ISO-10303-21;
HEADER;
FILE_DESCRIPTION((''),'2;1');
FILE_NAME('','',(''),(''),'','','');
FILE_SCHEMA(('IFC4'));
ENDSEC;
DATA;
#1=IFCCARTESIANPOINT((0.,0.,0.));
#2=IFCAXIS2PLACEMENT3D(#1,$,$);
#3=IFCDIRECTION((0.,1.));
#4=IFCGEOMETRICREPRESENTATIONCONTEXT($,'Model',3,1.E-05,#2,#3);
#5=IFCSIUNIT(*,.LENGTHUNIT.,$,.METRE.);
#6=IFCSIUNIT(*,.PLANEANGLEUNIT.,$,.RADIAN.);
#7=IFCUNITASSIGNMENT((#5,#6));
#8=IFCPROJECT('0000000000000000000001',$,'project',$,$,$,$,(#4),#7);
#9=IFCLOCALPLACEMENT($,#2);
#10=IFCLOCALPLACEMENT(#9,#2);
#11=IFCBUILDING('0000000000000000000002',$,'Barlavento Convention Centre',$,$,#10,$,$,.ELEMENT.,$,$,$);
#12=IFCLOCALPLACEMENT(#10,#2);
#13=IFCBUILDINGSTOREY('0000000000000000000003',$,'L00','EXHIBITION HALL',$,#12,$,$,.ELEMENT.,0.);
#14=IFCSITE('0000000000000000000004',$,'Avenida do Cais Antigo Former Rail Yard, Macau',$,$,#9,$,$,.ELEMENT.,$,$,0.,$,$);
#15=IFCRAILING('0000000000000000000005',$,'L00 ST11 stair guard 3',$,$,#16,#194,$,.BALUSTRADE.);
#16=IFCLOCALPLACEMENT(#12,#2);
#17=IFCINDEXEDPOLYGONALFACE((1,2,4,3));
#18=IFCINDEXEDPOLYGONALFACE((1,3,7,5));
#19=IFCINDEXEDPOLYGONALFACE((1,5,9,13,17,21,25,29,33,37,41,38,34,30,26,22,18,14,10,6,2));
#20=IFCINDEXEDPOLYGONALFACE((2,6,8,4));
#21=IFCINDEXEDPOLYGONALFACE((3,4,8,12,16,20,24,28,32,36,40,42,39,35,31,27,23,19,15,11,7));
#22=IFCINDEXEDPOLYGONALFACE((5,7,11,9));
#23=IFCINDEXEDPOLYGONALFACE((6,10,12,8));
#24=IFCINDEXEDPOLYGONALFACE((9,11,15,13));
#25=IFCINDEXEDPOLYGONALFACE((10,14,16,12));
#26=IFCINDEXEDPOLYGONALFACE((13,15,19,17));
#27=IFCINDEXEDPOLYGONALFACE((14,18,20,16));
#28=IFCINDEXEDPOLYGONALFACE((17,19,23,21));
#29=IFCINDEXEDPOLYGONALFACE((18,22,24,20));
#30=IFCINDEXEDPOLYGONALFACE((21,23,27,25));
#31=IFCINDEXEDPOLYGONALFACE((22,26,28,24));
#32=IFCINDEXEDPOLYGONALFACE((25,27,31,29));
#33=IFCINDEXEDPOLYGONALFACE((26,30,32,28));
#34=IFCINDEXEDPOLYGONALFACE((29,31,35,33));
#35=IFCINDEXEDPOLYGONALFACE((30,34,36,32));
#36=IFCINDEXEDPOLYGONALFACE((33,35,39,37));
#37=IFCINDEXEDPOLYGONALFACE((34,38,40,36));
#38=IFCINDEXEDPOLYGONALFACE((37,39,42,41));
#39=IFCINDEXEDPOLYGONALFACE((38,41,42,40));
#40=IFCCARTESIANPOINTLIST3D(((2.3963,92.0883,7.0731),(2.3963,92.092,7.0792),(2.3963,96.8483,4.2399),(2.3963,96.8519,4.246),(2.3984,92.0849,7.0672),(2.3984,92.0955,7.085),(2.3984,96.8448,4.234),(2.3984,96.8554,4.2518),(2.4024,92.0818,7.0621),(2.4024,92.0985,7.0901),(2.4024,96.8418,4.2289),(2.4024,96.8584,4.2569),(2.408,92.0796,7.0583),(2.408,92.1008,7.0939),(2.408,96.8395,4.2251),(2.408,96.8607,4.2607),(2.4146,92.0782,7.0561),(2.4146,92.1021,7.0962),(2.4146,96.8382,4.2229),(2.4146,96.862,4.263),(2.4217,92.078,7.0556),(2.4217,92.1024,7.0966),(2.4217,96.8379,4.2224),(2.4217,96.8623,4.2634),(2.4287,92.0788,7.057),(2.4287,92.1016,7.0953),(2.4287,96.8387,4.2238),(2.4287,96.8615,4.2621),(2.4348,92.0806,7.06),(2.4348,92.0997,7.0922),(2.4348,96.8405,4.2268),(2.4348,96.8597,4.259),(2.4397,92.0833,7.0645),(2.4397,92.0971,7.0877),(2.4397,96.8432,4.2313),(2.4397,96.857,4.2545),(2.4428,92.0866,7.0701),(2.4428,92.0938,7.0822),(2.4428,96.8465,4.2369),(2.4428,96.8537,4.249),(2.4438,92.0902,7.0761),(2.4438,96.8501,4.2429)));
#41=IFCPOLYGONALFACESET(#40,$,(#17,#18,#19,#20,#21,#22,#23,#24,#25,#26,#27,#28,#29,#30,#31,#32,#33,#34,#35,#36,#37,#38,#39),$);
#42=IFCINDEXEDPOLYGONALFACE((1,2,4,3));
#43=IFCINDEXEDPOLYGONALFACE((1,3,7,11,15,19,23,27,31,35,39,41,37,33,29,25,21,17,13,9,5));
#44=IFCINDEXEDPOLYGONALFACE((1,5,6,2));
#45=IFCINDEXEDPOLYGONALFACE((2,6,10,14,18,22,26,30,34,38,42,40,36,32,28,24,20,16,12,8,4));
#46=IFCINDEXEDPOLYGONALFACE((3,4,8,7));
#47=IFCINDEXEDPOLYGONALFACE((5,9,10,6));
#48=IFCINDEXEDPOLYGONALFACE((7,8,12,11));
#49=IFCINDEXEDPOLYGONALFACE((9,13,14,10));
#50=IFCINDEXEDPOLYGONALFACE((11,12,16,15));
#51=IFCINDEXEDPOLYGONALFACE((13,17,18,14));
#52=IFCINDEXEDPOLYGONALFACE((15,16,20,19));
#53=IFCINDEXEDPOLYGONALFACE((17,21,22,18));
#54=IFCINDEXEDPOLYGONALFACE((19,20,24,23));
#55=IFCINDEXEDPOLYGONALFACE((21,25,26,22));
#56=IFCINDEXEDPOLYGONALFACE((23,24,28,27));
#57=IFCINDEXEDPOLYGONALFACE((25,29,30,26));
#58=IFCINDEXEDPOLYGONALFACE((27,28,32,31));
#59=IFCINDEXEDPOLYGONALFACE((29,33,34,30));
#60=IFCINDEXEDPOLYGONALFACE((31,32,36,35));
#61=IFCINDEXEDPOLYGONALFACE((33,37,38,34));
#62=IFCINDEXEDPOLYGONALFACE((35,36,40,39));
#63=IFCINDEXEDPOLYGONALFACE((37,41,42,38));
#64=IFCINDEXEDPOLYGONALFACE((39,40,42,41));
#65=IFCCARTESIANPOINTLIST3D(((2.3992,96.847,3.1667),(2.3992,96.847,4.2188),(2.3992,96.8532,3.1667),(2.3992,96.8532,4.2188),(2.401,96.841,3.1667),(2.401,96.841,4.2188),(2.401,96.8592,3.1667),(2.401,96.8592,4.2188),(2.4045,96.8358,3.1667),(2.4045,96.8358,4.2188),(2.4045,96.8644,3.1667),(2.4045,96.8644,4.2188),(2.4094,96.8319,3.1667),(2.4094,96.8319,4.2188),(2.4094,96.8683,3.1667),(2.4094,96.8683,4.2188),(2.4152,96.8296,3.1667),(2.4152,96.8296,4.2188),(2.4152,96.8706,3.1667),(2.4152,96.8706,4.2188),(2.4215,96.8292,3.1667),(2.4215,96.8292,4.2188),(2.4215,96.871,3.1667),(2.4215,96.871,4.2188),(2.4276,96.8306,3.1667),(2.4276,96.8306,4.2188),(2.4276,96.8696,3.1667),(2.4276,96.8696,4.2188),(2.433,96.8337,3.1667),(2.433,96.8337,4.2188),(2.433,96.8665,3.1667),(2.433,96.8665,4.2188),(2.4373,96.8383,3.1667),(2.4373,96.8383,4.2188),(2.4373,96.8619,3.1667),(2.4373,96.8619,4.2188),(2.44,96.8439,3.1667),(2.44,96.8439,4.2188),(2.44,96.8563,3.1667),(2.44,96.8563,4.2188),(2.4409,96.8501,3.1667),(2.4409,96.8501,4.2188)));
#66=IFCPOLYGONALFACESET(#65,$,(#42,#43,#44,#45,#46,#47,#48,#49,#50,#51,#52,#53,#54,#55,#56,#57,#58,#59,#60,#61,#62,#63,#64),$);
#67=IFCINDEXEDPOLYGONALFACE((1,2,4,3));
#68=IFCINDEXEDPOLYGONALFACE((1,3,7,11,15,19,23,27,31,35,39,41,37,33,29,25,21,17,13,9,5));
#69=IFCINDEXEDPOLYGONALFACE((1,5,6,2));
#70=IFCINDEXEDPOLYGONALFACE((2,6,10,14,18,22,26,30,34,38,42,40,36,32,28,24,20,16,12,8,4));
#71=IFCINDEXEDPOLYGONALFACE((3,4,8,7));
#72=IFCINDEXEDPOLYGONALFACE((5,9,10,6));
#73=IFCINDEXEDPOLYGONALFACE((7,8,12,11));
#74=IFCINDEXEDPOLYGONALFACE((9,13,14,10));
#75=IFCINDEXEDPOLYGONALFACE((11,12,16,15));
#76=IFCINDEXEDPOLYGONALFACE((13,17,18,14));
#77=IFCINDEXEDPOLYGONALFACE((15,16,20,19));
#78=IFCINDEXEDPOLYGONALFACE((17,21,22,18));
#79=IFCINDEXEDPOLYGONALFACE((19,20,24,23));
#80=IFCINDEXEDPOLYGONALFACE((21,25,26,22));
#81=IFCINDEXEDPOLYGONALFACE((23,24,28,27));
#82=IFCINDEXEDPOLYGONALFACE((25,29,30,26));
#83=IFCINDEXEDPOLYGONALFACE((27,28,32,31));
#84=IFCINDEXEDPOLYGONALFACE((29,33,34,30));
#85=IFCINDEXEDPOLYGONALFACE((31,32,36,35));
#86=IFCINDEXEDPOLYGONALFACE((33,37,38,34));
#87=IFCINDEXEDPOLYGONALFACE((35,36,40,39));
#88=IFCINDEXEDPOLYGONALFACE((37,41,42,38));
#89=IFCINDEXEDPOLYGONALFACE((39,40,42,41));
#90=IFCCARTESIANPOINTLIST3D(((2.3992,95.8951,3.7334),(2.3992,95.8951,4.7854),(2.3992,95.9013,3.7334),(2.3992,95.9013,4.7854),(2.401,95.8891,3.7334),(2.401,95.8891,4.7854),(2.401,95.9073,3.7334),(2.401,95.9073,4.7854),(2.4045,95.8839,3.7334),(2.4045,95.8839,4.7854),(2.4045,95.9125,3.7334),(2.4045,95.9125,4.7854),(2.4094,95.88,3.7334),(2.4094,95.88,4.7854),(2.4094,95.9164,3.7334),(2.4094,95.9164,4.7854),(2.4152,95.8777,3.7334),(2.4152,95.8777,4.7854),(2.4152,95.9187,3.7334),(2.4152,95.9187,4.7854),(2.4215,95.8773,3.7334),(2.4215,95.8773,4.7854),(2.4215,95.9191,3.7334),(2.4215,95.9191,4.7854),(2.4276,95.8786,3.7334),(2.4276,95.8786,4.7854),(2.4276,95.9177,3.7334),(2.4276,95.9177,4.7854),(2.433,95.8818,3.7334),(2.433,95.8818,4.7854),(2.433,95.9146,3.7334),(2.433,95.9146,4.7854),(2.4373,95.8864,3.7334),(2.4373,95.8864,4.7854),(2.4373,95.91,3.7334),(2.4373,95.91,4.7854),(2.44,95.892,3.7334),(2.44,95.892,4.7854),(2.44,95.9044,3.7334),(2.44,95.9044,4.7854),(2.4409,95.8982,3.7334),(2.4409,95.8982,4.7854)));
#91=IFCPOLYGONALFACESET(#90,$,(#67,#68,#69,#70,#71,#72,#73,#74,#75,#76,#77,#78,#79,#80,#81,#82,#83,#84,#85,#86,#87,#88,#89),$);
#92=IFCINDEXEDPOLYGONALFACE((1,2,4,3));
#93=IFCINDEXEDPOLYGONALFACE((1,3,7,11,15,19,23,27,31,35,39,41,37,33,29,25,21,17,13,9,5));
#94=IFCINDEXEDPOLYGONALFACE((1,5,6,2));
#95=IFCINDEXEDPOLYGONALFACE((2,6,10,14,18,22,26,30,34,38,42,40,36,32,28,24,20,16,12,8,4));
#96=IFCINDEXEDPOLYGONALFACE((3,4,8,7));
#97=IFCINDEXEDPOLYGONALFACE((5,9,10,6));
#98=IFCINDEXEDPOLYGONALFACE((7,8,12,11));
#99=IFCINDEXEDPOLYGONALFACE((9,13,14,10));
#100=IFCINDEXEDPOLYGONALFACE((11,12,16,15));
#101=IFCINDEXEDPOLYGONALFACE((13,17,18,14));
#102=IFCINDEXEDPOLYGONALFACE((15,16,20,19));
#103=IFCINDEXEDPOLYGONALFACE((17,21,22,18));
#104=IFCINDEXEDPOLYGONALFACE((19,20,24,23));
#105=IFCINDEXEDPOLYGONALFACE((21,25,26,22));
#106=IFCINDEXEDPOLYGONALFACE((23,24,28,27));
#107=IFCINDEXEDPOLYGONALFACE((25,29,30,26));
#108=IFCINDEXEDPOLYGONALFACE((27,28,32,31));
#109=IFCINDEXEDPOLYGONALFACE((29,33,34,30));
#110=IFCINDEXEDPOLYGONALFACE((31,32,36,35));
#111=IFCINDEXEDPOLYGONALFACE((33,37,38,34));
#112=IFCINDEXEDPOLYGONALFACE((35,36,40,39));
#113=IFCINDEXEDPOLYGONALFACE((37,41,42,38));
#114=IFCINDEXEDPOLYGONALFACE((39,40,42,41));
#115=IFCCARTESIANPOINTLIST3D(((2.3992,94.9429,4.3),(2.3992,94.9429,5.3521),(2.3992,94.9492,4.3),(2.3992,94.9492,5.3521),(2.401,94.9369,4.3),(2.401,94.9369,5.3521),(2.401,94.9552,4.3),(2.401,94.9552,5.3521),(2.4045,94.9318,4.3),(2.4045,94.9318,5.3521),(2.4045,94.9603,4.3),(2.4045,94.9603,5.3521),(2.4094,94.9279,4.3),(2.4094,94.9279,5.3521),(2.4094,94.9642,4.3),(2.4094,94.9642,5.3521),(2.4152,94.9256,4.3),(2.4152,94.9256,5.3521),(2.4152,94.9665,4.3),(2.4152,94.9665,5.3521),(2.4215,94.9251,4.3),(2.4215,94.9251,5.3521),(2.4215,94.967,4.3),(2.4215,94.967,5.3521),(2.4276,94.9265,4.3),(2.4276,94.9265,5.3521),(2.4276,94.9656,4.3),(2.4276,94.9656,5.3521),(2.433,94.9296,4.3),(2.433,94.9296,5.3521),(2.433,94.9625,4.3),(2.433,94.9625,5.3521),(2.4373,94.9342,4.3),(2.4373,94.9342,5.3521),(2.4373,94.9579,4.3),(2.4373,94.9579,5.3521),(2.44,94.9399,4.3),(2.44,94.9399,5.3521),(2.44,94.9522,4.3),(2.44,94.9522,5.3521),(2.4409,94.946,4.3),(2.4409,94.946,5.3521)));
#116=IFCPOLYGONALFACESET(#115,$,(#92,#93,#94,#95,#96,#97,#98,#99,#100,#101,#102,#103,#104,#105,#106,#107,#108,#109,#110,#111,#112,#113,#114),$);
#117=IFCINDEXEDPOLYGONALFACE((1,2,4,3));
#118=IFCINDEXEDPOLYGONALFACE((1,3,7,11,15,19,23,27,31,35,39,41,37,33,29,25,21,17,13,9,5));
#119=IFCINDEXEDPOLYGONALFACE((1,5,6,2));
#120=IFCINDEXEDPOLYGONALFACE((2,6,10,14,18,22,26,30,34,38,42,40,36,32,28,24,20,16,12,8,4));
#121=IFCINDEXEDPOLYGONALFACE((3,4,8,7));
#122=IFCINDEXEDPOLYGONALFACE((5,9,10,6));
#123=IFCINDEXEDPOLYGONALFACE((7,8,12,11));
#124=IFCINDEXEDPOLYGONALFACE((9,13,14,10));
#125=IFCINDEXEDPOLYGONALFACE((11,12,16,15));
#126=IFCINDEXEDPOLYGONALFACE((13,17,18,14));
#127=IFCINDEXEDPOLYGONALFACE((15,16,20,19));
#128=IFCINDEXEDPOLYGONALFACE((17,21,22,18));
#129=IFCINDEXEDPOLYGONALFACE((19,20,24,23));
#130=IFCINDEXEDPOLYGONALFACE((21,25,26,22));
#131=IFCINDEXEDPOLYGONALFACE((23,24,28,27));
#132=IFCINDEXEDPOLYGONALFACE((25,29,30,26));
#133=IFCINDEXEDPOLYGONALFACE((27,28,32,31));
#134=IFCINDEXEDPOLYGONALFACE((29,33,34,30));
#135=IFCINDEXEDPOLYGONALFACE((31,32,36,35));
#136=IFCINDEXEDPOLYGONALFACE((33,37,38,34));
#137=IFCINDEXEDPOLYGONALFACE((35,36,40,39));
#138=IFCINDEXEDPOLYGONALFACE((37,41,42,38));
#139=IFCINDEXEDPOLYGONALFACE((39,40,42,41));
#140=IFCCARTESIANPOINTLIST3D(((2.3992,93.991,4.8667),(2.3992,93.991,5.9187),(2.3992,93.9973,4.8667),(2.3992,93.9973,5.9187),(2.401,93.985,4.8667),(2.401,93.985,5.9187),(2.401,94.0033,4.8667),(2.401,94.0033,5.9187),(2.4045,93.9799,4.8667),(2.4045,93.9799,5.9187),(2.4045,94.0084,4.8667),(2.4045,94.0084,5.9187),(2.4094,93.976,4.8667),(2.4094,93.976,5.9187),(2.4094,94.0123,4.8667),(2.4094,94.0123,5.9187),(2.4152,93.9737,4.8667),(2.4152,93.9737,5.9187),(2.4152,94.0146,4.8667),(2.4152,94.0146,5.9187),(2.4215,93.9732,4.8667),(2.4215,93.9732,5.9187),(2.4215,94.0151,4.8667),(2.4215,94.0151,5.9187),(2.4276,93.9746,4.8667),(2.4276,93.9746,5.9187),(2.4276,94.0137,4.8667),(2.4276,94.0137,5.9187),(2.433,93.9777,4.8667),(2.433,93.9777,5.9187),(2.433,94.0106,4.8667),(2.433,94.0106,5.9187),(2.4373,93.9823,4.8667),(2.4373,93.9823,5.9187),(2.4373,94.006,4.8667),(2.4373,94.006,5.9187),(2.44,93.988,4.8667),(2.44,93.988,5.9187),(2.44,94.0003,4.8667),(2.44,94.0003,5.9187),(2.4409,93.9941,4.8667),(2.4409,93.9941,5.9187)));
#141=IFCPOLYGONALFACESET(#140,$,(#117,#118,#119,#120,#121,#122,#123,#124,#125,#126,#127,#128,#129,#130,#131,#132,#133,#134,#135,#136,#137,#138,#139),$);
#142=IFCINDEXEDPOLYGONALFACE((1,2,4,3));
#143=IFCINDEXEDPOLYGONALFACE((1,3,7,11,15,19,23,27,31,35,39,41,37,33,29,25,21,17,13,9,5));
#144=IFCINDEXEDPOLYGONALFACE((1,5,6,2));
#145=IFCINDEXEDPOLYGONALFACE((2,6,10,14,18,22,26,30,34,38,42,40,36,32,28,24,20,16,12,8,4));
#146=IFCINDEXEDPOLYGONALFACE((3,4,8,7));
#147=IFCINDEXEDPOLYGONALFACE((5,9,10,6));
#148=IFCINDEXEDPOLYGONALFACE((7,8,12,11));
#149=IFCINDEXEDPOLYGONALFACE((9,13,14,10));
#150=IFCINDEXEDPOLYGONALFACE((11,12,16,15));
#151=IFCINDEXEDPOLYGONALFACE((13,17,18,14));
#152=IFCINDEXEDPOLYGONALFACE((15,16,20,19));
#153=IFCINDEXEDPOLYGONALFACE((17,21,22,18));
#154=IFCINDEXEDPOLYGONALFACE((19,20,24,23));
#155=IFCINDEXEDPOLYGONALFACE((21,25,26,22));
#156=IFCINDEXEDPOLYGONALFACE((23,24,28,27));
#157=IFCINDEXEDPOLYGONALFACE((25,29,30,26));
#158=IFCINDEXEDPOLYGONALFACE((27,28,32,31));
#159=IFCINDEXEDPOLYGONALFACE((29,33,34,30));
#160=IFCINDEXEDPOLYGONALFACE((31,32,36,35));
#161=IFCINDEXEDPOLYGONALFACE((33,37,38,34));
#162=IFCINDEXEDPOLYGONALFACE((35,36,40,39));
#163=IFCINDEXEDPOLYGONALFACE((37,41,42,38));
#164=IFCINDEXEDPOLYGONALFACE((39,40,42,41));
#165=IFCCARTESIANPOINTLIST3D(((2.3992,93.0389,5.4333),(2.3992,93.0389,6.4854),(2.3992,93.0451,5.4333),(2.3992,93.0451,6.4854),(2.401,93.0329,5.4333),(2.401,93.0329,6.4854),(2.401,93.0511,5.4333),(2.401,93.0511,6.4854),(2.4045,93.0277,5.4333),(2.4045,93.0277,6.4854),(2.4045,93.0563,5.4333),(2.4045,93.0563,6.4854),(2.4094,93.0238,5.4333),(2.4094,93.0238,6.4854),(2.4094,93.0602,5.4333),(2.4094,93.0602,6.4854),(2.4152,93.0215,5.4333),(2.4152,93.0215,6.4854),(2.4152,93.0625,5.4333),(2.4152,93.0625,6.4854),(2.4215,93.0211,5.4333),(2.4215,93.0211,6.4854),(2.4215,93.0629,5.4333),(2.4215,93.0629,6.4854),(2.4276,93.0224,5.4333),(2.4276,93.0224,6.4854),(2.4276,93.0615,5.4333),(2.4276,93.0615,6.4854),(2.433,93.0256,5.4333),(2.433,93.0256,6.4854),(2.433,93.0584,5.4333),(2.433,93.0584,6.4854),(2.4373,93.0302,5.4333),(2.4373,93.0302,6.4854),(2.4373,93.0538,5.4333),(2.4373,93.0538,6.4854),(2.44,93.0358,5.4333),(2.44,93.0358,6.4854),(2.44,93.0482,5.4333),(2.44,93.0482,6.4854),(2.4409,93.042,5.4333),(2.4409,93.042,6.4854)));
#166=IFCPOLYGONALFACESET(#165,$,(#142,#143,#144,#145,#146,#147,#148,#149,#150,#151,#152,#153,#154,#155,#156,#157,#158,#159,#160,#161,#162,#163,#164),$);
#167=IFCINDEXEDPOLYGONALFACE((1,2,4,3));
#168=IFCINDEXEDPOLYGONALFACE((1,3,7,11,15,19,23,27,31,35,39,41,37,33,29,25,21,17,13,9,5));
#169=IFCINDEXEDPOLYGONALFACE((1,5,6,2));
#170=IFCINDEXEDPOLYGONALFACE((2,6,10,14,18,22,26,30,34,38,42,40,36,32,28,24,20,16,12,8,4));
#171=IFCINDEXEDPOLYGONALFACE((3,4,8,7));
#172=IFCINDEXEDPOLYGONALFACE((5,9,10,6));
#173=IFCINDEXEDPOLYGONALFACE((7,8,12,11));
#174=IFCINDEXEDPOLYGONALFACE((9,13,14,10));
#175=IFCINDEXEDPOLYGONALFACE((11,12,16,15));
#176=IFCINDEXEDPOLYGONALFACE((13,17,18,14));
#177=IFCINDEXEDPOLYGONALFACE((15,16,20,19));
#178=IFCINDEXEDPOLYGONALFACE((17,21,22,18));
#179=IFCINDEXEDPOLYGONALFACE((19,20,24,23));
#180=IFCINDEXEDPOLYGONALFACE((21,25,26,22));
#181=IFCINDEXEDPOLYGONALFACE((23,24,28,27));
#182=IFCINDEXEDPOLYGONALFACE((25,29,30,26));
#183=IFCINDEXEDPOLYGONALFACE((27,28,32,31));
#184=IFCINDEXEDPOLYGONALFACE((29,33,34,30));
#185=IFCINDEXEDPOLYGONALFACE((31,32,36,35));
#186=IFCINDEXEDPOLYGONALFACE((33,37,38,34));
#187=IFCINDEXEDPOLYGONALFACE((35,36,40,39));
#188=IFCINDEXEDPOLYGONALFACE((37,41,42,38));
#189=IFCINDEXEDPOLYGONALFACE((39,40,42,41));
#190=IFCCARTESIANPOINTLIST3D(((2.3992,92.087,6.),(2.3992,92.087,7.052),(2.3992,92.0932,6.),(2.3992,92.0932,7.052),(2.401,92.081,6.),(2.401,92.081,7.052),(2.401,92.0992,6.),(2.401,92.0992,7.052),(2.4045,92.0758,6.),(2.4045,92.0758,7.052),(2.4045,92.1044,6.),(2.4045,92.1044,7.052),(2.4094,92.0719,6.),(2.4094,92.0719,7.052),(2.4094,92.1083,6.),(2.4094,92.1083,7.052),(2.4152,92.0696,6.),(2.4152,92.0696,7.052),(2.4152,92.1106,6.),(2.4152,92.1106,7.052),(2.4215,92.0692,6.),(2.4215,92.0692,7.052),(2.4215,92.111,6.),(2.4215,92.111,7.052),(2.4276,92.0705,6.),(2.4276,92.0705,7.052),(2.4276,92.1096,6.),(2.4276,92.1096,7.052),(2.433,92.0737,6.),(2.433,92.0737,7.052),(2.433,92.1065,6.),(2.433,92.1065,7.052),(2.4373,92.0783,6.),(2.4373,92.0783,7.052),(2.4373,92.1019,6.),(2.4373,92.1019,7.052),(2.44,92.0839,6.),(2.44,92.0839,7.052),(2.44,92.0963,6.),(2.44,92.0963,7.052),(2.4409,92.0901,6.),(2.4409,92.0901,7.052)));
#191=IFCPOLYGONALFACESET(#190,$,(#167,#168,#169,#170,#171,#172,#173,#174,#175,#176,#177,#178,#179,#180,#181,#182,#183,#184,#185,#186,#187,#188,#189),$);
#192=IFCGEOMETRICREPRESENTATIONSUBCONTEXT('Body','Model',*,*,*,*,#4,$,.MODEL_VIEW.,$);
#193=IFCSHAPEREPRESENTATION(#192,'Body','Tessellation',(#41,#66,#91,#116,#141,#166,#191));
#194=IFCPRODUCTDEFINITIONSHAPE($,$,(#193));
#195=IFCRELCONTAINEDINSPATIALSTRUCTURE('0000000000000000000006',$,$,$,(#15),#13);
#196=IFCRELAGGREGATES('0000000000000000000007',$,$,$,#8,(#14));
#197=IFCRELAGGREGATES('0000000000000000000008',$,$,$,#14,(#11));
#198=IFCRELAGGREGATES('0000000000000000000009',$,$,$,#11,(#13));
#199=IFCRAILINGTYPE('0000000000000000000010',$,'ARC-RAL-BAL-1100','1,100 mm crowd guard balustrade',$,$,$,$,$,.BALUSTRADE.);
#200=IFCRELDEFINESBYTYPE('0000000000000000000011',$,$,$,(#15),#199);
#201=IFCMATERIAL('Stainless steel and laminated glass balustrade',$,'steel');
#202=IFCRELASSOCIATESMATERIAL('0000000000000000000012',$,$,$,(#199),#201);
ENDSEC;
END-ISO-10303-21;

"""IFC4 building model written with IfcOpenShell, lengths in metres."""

from ifc_helpers import new_model, si_unit, direction, frame, origin, origin_2d, place, context, subcontext, project, spatial, circle, extrude, material, type_object, element, save


model = new_model("IFC4")

# Units and contexts
model_context = context("Model", 3, precision=1e-05, world=origin(), true_north=direction((0.0, 1.0)))
body_context = subcontext(model_context, "Body", "Model", "MODEL_VIEW")
ifc_project = project(units=[si_unit("LENGTHUNIT", "METRE"), si_unit("PLANEANGLEUNIT", "RADIAN")], contexts=[model_context])

# Site, building, storey
site_placement = place(None, origin())
site = spatial("IfcSite", under=ifc_project, at=site_placement, Name="Avenida do Cais Antigo Former Rail Yard, Macau", CompositionType="ELEMENT", RefElevation=0.0)
building_placement = place(site_placement, origin())
building = spatial("IfcBuilding", under=site, at=building_placement, Name="Barlavento Convention Centre", CompositionType="ELEMENT")
storey_placement = place(building_placement, origin())
storey = spatial("IfcBuildingStorey", under=building, at=storey_placement, Name="L00", Description="EXHIBITION HALL", CompositionType="ELEMENT", Elevation=0.0)

# Railing
ifc_material_1 = material(Name="Stainless steel and laminated glass balustrade", Category="steel")
railing_type_1 = type_object("IfcRailingType", Name="ARC-RAL-BAL-1100", Description="1,100 mm crowd guard balustrade", PredefinedType="BALUSTRADE", material=ifc_material_1)
railing_1_placement = place(storey_placement, frame((2.4199, 96.8501, 3.1667)))
element("IfcRailing", 1, at=railing_1_placement, inside=storey, type_object=railing_type_1, Name="L00 ST11 stair guard 3", PredefinedType="BALUSTRADE", context=body_context, shape_type="SweptSolid", body=[
    extrude(circle(Radius=0.0239, at=origin_2d()), frame((0.0, 0.0, 1.0762), z_axis=(0.0, -0.8593, 0.511472), x_axis=(1.0, 0.0, 0.0)), (0.0, 0.0, 1.0), 5.5393),
    extrude(circle(Radius=0.021, at=origin_2d()), origin(), (0.0, 0.0, 1.0), 1.052),
    extrude(circle(Radius=0.021, at=origin_2d()), frame((0.0, -0.9519, 0.5667)), (0.0, 0.0, 1.0), 1.052),
    extrude(circle(Radius=0.021, at=origin_2d()), frame((0.0, -1.9041, 1.1333)), (0.0, 0.0, 1.0), 1.052),
    extrude(circle(Radius=0.021, at=origin_2d()), frame((0.0, -2.856, 1.7)), (0.0, 0.0, 1.0), 1.052),
    extrude(circle(Radius=0.021, at=origin_2d()), frame((0.0, -3.8081, 2.2666)), (0.0, 0.0, 1.0), 1.052),
    extrude(circle(Radius=0.021, at=origin_2d()), frame((0.0, -4.76, 2.8333)), (0.0, 0.0, 1.0), 1.052),
])

save(model, "model.ifc")
